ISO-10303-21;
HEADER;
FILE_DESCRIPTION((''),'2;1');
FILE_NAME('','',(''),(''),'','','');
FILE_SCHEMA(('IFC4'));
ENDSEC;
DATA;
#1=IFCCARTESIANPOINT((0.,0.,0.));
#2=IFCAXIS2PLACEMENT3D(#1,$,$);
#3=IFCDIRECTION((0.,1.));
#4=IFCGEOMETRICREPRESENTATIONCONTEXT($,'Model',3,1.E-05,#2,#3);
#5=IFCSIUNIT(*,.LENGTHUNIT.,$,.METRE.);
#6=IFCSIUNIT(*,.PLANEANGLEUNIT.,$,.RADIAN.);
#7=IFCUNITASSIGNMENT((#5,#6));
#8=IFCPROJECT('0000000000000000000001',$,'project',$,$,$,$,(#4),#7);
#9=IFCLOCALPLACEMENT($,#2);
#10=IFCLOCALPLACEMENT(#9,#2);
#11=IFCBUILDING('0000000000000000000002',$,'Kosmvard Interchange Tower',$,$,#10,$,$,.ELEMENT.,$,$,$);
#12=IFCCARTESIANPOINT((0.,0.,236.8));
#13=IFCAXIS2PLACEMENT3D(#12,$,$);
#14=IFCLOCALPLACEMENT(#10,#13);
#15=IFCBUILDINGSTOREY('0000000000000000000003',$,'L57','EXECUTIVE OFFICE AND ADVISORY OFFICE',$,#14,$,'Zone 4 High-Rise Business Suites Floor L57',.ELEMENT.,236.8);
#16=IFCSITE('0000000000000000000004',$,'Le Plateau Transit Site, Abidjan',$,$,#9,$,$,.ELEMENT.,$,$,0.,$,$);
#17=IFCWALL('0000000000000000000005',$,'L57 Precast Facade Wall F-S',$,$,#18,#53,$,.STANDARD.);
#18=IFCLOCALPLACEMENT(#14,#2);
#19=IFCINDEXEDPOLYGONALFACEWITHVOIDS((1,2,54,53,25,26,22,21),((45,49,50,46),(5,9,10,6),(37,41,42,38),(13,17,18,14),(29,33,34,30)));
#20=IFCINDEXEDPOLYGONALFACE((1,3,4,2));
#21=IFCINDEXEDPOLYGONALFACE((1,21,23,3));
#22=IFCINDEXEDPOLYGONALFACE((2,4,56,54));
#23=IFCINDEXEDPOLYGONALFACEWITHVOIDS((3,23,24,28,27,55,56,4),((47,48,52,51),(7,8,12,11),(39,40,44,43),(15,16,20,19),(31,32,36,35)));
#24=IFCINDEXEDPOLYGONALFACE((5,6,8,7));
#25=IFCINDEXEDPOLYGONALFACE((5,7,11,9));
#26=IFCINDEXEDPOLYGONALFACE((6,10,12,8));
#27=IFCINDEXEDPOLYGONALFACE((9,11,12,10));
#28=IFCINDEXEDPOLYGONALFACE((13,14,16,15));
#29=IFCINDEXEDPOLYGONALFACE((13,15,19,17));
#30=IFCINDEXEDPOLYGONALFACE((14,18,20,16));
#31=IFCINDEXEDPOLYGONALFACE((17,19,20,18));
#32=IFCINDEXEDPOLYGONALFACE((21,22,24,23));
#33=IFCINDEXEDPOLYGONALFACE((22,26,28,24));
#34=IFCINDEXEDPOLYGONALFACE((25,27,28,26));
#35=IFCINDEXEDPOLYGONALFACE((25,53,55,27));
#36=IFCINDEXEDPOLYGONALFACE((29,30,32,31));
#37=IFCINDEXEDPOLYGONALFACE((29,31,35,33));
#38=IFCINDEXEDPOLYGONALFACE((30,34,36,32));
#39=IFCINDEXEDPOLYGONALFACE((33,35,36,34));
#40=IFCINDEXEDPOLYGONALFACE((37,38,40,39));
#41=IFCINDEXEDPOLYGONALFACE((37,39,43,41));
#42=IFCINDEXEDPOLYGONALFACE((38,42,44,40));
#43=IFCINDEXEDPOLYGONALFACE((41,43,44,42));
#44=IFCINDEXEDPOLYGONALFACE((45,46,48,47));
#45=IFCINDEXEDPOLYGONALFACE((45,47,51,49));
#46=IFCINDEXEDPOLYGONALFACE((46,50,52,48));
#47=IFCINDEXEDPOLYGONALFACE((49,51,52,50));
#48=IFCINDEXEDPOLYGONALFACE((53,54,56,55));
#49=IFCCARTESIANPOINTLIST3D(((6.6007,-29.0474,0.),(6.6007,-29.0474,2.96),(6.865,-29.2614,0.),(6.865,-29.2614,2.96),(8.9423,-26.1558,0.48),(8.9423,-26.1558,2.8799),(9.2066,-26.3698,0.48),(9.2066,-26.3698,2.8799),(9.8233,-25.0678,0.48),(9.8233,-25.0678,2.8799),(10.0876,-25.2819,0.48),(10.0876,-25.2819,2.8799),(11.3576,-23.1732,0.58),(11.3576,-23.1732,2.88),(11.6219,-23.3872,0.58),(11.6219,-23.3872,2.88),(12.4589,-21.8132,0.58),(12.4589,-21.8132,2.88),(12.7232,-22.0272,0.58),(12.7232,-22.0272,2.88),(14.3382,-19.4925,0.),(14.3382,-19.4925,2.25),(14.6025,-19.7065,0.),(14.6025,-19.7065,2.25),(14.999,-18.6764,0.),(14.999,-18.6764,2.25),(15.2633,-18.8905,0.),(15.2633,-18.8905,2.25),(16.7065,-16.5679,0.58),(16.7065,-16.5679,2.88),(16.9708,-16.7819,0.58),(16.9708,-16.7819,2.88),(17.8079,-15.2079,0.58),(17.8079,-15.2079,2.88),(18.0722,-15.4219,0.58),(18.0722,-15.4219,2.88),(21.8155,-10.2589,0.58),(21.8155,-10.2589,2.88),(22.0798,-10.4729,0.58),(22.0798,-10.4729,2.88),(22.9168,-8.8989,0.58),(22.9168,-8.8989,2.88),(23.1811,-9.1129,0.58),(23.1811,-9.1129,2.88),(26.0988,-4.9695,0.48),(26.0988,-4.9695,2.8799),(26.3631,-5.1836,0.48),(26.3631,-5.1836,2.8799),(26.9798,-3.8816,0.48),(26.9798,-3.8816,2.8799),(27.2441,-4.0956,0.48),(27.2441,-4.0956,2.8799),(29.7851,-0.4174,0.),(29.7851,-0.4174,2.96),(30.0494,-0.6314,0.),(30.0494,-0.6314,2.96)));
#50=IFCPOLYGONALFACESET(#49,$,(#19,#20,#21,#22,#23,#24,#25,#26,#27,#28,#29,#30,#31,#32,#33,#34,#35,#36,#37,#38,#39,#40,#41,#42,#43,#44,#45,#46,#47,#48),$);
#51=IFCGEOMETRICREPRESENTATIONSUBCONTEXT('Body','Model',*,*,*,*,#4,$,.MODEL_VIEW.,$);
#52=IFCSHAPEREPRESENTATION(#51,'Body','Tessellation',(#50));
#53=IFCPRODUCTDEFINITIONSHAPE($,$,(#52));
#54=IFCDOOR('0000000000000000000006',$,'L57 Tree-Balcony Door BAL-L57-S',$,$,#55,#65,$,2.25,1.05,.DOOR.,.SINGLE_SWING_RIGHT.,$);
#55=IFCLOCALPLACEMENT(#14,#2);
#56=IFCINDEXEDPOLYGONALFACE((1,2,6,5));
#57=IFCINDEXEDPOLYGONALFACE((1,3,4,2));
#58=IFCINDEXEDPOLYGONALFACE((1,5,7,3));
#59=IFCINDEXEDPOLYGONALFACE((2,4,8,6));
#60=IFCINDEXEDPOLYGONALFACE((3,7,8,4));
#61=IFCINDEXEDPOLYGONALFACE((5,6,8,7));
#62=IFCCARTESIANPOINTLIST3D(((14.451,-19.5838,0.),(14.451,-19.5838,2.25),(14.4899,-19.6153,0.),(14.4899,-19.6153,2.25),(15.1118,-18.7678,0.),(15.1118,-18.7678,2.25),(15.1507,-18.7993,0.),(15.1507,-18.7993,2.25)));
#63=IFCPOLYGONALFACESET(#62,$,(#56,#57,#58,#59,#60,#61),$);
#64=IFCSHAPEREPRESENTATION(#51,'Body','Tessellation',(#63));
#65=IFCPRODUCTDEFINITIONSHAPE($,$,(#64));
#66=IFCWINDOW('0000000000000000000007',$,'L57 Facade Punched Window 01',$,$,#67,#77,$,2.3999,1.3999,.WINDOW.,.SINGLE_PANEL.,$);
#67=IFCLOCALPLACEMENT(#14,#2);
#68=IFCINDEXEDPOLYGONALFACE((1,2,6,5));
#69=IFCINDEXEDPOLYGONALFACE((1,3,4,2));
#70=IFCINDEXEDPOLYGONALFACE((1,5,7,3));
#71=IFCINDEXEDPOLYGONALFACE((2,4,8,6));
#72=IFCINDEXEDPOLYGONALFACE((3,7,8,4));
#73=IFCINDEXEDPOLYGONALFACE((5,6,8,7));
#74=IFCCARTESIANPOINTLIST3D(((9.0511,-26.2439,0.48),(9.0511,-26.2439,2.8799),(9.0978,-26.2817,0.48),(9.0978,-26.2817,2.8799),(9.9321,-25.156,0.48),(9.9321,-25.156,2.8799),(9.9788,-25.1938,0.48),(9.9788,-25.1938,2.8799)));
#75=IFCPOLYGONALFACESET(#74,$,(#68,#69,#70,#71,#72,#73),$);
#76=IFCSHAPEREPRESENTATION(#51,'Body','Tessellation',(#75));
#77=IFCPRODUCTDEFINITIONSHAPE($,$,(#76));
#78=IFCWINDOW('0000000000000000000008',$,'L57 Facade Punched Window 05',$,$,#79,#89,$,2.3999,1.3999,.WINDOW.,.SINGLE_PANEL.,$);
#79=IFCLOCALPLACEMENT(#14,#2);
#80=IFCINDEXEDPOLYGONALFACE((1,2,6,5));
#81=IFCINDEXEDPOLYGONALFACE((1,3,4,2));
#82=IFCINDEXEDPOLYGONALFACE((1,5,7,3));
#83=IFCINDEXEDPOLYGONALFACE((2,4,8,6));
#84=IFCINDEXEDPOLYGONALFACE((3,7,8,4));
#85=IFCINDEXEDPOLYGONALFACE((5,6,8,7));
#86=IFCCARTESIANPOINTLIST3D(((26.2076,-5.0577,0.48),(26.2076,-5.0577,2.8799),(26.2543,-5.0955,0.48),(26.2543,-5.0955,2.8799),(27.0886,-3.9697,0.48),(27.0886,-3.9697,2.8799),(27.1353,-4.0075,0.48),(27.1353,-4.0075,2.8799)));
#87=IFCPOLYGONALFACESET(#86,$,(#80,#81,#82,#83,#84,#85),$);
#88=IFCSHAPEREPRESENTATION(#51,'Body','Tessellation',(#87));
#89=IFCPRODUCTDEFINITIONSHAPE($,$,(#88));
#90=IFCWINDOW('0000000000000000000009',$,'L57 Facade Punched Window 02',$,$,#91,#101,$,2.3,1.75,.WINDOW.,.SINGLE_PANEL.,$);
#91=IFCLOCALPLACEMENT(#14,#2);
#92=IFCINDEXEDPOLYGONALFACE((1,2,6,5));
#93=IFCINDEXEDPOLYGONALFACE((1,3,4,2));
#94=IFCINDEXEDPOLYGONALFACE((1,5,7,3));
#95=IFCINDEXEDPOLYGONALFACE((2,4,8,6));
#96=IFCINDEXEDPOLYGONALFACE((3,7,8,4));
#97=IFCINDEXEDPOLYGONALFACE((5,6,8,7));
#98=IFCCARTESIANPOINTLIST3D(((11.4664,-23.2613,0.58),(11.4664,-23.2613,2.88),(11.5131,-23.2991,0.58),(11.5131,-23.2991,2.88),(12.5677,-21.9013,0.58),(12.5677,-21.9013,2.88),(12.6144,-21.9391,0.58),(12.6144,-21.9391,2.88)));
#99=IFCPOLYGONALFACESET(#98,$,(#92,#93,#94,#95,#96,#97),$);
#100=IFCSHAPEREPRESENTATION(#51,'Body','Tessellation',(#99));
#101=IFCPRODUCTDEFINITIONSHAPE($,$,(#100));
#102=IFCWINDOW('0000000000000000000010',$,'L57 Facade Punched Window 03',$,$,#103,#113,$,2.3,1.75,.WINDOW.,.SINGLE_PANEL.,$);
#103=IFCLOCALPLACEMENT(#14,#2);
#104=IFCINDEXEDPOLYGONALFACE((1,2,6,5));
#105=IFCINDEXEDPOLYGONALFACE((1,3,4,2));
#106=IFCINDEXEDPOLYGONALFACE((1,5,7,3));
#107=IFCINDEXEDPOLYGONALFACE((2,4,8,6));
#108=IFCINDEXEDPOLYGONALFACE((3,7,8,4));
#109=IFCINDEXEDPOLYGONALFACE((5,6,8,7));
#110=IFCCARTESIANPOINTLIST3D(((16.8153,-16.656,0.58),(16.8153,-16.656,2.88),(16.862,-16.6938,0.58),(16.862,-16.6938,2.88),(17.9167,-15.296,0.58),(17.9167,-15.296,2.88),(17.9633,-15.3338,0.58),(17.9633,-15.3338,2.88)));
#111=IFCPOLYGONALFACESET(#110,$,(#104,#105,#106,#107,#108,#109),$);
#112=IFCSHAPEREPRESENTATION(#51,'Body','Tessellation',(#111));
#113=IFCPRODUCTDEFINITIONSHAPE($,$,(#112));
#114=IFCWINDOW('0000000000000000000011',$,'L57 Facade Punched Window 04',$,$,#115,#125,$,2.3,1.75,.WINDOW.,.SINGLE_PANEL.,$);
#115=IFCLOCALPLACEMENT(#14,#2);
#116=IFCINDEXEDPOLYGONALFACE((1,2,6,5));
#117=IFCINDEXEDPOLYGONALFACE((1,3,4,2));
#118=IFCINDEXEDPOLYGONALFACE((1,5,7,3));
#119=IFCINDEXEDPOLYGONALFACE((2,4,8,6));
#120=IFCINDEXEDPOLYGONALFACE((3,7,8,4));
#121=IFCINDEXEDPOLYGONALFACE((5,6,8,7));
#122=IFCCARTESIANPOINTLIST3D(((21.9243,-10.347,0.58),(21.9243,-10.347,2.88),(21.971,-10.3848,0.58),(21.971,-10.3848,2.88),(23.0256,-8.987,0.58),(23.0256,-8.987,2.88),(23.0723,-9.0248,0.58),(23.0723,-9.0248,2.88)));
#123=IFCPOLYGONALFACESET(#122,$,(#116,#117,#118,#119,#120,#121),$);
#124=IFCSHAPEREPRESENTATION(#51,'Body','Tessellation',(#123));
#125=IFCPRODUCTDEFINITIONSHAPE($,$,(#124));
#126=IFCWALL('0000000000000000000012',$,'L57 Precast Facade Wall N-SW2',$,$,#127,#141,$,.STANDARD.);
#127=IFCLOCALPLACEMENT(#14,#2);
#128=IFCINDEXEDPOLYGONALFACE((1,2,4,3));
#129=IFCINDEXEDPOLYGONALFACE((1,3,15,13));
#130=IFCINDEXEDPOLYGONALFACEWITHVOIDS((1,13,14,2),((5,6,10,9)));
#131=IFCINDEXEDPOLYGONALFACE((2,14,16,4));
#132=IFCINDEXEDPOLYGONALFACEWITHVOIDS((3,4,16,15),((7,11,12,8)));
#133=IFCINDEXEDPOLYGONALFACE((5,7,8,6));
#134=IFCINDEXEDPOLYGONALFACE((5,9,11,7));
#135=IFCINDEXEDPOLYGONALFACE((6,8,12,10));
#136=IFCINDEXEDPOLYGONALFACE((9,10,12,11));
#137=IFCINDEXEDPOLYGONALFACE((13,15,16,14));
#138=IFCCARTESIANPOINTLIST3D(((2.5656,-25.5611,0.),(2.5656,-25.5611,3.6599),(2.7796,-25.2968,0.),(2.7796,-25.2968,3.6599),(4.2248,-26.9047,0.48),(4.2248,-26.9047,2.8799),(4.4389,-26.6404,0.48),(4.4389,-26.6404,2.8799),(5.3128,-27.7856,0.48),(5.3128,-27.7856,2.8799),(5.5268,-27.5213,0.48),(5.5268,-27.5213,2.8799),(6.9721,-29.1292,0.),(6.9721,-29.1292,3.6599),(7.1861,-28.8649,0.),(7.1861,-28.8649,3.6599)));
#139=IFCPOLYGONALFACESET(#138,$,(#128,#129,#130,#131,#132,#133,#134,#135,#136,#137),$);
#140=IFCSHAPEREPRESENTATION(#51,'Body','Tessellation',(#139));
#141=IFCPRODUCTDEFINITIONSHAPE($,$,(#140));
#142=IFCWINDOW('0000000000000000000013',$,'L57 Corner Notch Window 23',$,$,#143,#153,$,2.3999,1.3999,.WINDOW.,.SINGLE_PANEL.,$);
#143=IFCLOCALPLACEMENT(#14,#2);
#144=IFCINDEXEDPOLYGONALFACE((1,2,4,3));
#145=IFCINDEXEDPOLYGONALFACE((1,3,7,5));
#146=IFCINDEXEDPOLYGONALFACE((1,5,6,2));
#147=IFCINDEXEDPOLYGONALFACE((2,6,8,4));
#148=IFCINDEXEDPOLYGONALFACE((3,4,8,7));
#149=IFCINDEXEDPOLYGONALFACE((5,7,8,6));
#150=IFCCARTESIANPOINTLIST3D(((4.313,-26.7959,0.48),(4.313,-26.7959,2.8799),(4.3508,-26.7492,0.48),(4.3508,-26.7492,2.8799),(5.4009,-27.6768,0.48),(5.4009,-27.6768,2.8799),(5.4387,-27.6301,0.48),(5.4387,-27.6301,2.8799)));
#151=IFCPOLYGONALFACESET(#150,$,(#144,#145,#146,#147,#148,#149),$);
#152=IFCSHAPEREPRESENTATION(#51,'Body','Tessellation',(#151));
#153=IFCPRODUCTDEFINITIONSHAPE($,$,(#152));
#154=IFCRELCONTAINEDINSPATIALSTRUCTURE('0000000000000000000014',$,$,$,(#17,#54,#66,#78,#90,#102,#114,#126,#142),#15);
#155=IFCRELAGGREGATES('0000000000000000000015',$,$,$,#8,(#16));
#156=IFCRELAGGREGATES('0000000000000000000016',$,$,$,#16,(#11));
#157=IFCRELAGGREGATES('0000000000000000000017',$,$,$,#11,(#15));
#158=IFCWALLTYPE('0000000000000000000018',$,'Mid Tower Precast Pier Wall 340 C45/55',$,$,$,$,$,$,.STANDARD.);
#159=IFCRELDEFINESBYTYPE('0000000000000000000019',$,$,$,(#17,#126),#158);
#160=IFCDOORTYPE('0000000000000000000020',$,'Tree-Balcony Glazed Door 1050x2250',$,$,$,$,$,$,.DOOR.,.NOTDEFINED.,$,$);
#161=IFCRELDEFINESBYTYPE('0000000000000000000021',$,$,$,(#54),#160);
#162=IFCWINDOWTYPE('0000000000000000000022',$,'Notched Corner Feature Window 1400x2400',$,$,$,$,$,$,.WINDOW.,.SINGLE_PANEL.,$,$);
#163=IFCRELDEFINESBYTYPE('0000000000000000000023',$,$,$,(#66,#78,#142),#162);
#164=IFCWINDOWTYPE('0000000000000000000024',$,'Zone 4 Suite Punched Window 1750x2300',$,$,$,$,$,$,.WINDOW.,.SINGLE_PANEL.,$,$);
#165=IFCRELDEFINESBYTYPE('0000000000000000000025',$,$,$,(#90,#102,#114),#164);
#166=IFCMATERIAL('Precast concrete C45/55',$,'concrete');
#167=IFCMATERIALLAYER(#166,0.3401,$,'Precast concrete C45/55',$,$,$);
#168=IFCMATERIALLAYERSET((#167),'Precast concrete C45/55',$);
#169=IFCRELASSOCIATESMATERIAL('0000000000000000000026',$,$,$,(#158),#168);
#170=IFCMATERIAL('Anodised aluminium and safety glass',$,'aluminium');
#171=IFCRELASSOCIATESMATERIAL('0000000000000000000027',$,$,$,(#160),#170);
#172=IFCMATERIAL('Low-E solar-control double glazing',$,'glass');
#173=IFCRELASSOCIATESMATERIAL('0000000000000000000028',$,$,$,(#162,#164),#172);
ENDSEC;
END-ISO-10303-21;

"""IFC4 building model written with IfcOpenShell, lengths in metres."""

from ifc_helpers import new_model, si_unit, direction, frame, frame_2d, origin, place, context, subcontext, project, spatial, rectangle, extrude, source, transform, mapped, material, layer, layer_set, type_object, element, fill, save


model = new_model("IFC4")

# Units and contexts
model_context = context("Model", 3, precision=1e-05, world=origin(), true_north=direction((0.0, 1.0)))
body_context = subcontext(model_context, "Body", "Model", "MODEL_VIEW")
ifc_project = project(units=[si_unit("LENGTHUNIT", "METRE"), si_unit("PLANEANGLEUNIT", "RADIAN")], contexts=[model_context])

# Site, building, storey
site_placement = place(None, origin())
site = spatial("IfcSite", under=ifc_project, at=site_placement, Name="Le Plateau Transit Site, Abidjan", CompositionType="ELEMENT", RefElevation=0.0)
building_placement = place(site_placement, origin())
building = spatial("IfcBuilding", under=site, at=building_placement, Name="Kosmvard Interchange Tower", CompositionType="ELEMENT")
storey_placement = place(building_placement, frame((0.0, 0.0, 236.8)))
storey = spatial("IfcBuildingStorey", under=building, at=storey_placement, Name="L57", Description="EXECUTIVE OFFICE AND ADVISORY OFFICE", LongName="Zone 4 High-Rise Business Suites Floor L57", CompositionType="ELEMENT", Elevation=236.8)

# Wall, openings, door, windows
ifc_material_1 = material(Name="Precast concrete C45/55", Category="concrete")
ifc_layer_1 = layer(ifc_material_1, 0.3401, Name="Precast concrete C45/55")
ifc_layer_set_1 = layer_set([ifc_layer_1], Name="Precast concrete C45/55")
wall_type_1 = type_object("IfcWallType", Name="Mid Tower Precast Pier Wall 340 C45/55", PredefinedType="STANDARD", material=ifc_layer_set_1)
wall_1_placement = place(storey_placement, frame((6.7329, -29.1543, 0.0), z_axis=(0.0, 0.0, 1.0), x_axis=(0.629325, 0.777142, 0.0)))
wall_1 = element("IfcWall", 1, at=wall_1_placement, inside=storey, type_object=wall_type_1, Name="L57 Precast Facade Wall F-S", PredefinedType="STANDARD", context=body_context, shape_type="SweptSolid", body=[
    extrude(rectangle(XDim=36.8401, YDim=0.3401, at=frame_2d((18.4199, 0.0))), origin(), (0.0, 0.0, 1.0), 2.96),
])
opening_1_placement = place(wall_1_placement, frame((12.2949, 0.0, 0.0)))
opening_1 = element("IfcOpeningElement", 2, at=opening_1_placement, cuts=wall_1, PredefinedType="OPENING", context=body_context, shape_type="SweptSolid", body=[
    extrude(rectangle(XDim=1.05, YDim=2.25, at=frame_2d((0.5249, 1.125))), frame((0.0, 0.1802, 0.0), z_axis=(0.0, -1.0, 0.0), x_axis=(1.0, 0.0, 0.0)), (0.0, 0.0, 1.0), 0.3601),
])
opening_2_placement = place(wall_1_placement, frame((3.7207, 0.0, 0.48)))
opening_2 = element("IfcOpeningElement", 3, at=opening_2_placement, cuts=wall_1, PredefinedType="OPENING", context=body_context, shape_type="SweptSolid", body=[
    extrude(rectangle(XDim=1.3999, YDim=2.3999, at=frame_2d((0.7, 1.2))), frame((0.0, 0.1802, 0.0), z_axis=(0.0, -1.0, 0.0), x_axis=(1.0, 0.0, 0.0)), (0.0, 0.0, 1.0), 0.3601),
])
opening_3_placement = place(wall_1_placement, frame((7.5586, 0.0, 0.5801)))
opening_3 = element("IfcOpeningElement", 4, at=opening_3_placement, cuts=wall_1, PredefinedType="OPENING", context=body_context, shape_type="SweptSolid", body=[
    extrude(rectangle(XDim=1.75, YDim=2.3, at=frame_2d((0.875, 1.1499))), frame((0.0, 0.1802, 0.0), z_axis=(0.0, -1.0, 0.0), x_axis=(1.0, 0.0, 0.0)), (0.0, 0.0, 1.0), 0.3601),
])
opening_4_placement = place(wall_1_placement, frame((16.0581, 0.0, 0.5801)))
opening_4 = element("IfcOpeningElement", 5, at=opening_4_placement, cuts=wall_1, PredefinedType="OPENING", context=body_context, shape_type="SweptSolid", body=[
    extrude(rectangle(XDim=1.75, YDim=2.3, at=frame_2d((0.875, 1.1499))), frame((0.0, 0.1802, 0.0), z_axis=(0.0, -1.0, 0.0), x_axis=(1.0, 0.0, 0.0)), (0.0, 0.0, 1.0), 0.3601),
])
opening_5_placement = place(wall_1_placement, frame((24.1763, 0.0, 0.5801)))
opening_5 = element("IfcOpeningElement", 6, at=opening_5_placement, cuts=wall_1, PredefinedType="OPENING", context=body_context, shape_type="SweptSolid", body=[
    extrude(rectangle(XDim=1.75, YDim=2.3, at=frame_2d((0.875, 1.1499))), frame((0.0, 0.1802, 0.0), z_axis=(0.0, -1.0, 0.0), x_axis=(1.0, 0.0, 0.0)), (0.0, 0.0, 1.0), 0.3601),
])
opening_6_placement = place(wall_1_placement, frame((30.9824, 0.0, 0.48)))
opening_6 = element("IfcOpeningElement", 7, at=opening_6_placement, cuts=wall_1, PredefinedType="OPENING", context=body_context, shape_type="SweptSolid", body=[
    extrude(rectangle(XDim=1.3999, YDim=2.3999, at=frame_2d((0.7, 1.2))), frame((0.0, 0.1802, 0.0), z_axis=(0.0, -1.0, 0.0), x_axis=(1.0, 0.0, 0.0)), (0.0, 0.0, 1.0), 0.3601),
])
ifc_material_2 = material(Name="Anodised aluminium and safety glass", Category="aluminium")
door_type = type_object("IfcDoorType", Name="Tree-Balcony Glazed Door 1050x2250", OperationType="NOTDEFINED", PredefinedType="DOOR", material=ifc_material_2)
shared_shape_1 = source(origin(), body_context, "Body", "SweptSolid", [
    extrude(rectangle(XDim=1.05, YDim=2.25, at=frame_2d((0.5249, 1.125))), frame((0.0, 0.0249, 0.0), z_axis=(0.0, -1.0, 0.0), x_axis=(1.0, 0.0, 0.0)), (0.0, 0.0, 1.0), 0.05),
])
door_placement = place(opening_1_placement, origin())
door = element("IfcDoor", 8, at=door_placement, inside=storey, type_object=door_type, Name="L57 Tree-Balcony Door BAL-L57-S", OperationType="SINGLE_SWING_RIGHT", OverallHeight=2.25, OverallWidth=1.05, PredefinedType="DOOR", context=body_context, shape_type="MappedRepresentation", body=[
    mapped(shared_shape_1, transform((0.0, 0.0, 0.0), scale=1.0)),
])
fill(opening_1, door)
ifc_material_3 = material(Name="Low-E solar-control double glazing", Category="glass")
window_type_1 = type_object("IfcWindowType", Name="Notched Corner Feature Window 1400x2400", PartitioningType="SINGLE_PANEL", PredefinedType="WINDOW", material=ifc_material_3)
shared_shape_2 = source(origin(), body_context, "Body", "SweptSolid", [
    extrude(rectangle(XDim=1.3999, YDim=2.3999, at=frame_2d((0.7, 1.2))), frame((0.0, 0.03, 0.0), z_axis=(0.0, -1.0, 0.0), x_axis=(1.0, 0.0, 0.0)), (0.0, 0.0, 1.0), 0.0601),
])
window_1_placement = place(opening_2_placement, origin())
window_1 = element("IfcWindow", 9, at=window_1_placement, inside=storey, type_object=window_type_1, Name="L57 Facade Punched Window 01", OverallHeight=2.3999, OverallWidth=1.3999, PartitioningType="SINGLE_PANEL", PredefinedType="WINDOW", context=body_context, shape_type="MappedRepresentation", body=[
    mapped(shared_shape_2, transform((0.0, 0.0, 0.0), scale=1.0)),
])
fill(opening_2, window_1)
window_2_placement = place(opening_6_placement, origin())
window_2 = element("IfcWindow", 10, at=window_2_placement, inside=storey, type_object=window_type_1, Name="L57 Facade Punched Window 05", OverallHeight=2.3999, OverallWidth=1.3999, PartitioningType="SINGLE_PANEL", PredefinedType="WINDOW", context=body_context, shape_type="MappedRepresentation", body=[
    mapped(shared_shape_2, transform((0.0, 0.0, 0.0), scale=1.0)),
])
fill(opening_6, window_2)
window_type_2 = type_object("IfcWindowType", Name="Zone 4 Suite Punched Window 1750x2300", PartitioningType="SINGLE_PANEL", PredefinedType="WINDOW", material=ifc_material_3)
shared_shape_3 = source(origin(), body_context, "Body", "SweptSolid", [
    extrude(rectangle(XDim=1.75, YDim=2.3, at=frame_2d((0.875, 1.1499))), frame((0.0, 0.03, 0.0), z_axis=(0.0, -1.0, 0.0), x_axis=(1.0, 0.0, 0.0)), (0.0, 0.0, 1.0), 0.0601),
])
window_3_placement = place(opening_3_placement, origin())
window_3 = element("IfcWindow", 11, at=window_3_placement, inside=storey, type_object=window_type_2, Name="L57 Facade Punched Window 02", OverallHeight=2.3, OverallWidth=1.75, PartitioningType="SINGLE_PANEL", PredefinedType="WINDOW", context=body_context, shape_type="MappedRepresentation", body=[
    mapped(shared_shape_3, transform((0.0, 0.0, 0.0), scale=1.0)),
])
fill(opening_3, window_3)
window_4_placement = place(opening_4_placement, origin())
window_4 = element("IfcWindow", 12, at=window_4_placement, inside=storey, type_object=window_type_2, Name="L57 Facade Punched Window 03", OverallHeight=2.3, OverallWidth=1.75, PartitioningType="SINGLE_PANEL", PredefinedType="WINDOW", context=body_context, shape_type="MappedRepresentation", body=[
    mapped(shared_shape_3, transform((0.0, 0.0, 0.0), scale=1.0)),
])
fill(opening_4, window_4)
window_5_placement = place(opening_5_placement, origin())
window_5 = element("IfcWindow", 13, at=window_5_placement, inside=storey, type_object=window_type_2, Name="L57 Facade Punched Window 04", OverallHeight=2.3, OverallWidth=1.75, PartitioningType="SINGLE_PANEL", PredefinedType="WINDOW", context=body_context, shape_type="MappedRepresentation", body=[
    mapped(shared_shape_3, transform((0.0, 0.0, 0.0), scale=1.0)),
])
fill(opening_5, window_5)

# Wall, opening, window
wall_2_placement = place(storey_placement, frame((2.6726, -25.429, 0.0), z_axis=(0.0, 0.0, 1.0), x_axis=(0.777163, -0.6293, 0.0)))
wall_2 = element("IfcWall", 14, at=wall_2_placement, inside=storey, type_object=wall_type_1, Name="L57 Precast Facade Wall N-SW2", PredefinedType="STANDARD", context=body_context, shape_type="SweptSolid", body=[
    extrude(rectangle(XDim=5.6699, YDim=0.3401, at=frame_2d((2.835, 0.0))), origin(), (0.0, 0.0, 1.0), 3.6599),
])
opening_7_placement = place(wall_2_placement, frame((2.135, 0.0, 0.48)))
opening_7 = element("IfcOpeningElement", 15, at=opening_7_placement, cuts=wall_2, PredefinedType="OPENING", context=body_context, shape_type="SweptSolid", body=[
    extrude(rectangle(XDim=1.3999, YDim=2.3999, at=frame_2d((0.7, 1.2))), frame((0.0, 0.1802, 0.0), z_axis=(0.0, -1.0, 0.0), x_axis=(1.0, 0.0, 0.0)), (0.0, 0.0, 1.0), 0.3601),
])
window_6_placement = place(opening_7_placement, origin())
window_6 = element("IfcWindow", 16, at=window_6_placement, inside=storey, type_object=window_type_1, Name="L57 Corner Notch Window 23", OverallHeight=2.3999, OverallWidth=1.3999, PartitioningType="SINGLE_PANEL", PredefinedType="WINDOW", context=body_context, shape_type="MappedRepresentation", body=[
    mapped(shared_shape_2, transform((0.0, 0.0, 0.0), scale=1.0)),
])
fill(opening_7, window_6)

save(model, "model.ifc")
